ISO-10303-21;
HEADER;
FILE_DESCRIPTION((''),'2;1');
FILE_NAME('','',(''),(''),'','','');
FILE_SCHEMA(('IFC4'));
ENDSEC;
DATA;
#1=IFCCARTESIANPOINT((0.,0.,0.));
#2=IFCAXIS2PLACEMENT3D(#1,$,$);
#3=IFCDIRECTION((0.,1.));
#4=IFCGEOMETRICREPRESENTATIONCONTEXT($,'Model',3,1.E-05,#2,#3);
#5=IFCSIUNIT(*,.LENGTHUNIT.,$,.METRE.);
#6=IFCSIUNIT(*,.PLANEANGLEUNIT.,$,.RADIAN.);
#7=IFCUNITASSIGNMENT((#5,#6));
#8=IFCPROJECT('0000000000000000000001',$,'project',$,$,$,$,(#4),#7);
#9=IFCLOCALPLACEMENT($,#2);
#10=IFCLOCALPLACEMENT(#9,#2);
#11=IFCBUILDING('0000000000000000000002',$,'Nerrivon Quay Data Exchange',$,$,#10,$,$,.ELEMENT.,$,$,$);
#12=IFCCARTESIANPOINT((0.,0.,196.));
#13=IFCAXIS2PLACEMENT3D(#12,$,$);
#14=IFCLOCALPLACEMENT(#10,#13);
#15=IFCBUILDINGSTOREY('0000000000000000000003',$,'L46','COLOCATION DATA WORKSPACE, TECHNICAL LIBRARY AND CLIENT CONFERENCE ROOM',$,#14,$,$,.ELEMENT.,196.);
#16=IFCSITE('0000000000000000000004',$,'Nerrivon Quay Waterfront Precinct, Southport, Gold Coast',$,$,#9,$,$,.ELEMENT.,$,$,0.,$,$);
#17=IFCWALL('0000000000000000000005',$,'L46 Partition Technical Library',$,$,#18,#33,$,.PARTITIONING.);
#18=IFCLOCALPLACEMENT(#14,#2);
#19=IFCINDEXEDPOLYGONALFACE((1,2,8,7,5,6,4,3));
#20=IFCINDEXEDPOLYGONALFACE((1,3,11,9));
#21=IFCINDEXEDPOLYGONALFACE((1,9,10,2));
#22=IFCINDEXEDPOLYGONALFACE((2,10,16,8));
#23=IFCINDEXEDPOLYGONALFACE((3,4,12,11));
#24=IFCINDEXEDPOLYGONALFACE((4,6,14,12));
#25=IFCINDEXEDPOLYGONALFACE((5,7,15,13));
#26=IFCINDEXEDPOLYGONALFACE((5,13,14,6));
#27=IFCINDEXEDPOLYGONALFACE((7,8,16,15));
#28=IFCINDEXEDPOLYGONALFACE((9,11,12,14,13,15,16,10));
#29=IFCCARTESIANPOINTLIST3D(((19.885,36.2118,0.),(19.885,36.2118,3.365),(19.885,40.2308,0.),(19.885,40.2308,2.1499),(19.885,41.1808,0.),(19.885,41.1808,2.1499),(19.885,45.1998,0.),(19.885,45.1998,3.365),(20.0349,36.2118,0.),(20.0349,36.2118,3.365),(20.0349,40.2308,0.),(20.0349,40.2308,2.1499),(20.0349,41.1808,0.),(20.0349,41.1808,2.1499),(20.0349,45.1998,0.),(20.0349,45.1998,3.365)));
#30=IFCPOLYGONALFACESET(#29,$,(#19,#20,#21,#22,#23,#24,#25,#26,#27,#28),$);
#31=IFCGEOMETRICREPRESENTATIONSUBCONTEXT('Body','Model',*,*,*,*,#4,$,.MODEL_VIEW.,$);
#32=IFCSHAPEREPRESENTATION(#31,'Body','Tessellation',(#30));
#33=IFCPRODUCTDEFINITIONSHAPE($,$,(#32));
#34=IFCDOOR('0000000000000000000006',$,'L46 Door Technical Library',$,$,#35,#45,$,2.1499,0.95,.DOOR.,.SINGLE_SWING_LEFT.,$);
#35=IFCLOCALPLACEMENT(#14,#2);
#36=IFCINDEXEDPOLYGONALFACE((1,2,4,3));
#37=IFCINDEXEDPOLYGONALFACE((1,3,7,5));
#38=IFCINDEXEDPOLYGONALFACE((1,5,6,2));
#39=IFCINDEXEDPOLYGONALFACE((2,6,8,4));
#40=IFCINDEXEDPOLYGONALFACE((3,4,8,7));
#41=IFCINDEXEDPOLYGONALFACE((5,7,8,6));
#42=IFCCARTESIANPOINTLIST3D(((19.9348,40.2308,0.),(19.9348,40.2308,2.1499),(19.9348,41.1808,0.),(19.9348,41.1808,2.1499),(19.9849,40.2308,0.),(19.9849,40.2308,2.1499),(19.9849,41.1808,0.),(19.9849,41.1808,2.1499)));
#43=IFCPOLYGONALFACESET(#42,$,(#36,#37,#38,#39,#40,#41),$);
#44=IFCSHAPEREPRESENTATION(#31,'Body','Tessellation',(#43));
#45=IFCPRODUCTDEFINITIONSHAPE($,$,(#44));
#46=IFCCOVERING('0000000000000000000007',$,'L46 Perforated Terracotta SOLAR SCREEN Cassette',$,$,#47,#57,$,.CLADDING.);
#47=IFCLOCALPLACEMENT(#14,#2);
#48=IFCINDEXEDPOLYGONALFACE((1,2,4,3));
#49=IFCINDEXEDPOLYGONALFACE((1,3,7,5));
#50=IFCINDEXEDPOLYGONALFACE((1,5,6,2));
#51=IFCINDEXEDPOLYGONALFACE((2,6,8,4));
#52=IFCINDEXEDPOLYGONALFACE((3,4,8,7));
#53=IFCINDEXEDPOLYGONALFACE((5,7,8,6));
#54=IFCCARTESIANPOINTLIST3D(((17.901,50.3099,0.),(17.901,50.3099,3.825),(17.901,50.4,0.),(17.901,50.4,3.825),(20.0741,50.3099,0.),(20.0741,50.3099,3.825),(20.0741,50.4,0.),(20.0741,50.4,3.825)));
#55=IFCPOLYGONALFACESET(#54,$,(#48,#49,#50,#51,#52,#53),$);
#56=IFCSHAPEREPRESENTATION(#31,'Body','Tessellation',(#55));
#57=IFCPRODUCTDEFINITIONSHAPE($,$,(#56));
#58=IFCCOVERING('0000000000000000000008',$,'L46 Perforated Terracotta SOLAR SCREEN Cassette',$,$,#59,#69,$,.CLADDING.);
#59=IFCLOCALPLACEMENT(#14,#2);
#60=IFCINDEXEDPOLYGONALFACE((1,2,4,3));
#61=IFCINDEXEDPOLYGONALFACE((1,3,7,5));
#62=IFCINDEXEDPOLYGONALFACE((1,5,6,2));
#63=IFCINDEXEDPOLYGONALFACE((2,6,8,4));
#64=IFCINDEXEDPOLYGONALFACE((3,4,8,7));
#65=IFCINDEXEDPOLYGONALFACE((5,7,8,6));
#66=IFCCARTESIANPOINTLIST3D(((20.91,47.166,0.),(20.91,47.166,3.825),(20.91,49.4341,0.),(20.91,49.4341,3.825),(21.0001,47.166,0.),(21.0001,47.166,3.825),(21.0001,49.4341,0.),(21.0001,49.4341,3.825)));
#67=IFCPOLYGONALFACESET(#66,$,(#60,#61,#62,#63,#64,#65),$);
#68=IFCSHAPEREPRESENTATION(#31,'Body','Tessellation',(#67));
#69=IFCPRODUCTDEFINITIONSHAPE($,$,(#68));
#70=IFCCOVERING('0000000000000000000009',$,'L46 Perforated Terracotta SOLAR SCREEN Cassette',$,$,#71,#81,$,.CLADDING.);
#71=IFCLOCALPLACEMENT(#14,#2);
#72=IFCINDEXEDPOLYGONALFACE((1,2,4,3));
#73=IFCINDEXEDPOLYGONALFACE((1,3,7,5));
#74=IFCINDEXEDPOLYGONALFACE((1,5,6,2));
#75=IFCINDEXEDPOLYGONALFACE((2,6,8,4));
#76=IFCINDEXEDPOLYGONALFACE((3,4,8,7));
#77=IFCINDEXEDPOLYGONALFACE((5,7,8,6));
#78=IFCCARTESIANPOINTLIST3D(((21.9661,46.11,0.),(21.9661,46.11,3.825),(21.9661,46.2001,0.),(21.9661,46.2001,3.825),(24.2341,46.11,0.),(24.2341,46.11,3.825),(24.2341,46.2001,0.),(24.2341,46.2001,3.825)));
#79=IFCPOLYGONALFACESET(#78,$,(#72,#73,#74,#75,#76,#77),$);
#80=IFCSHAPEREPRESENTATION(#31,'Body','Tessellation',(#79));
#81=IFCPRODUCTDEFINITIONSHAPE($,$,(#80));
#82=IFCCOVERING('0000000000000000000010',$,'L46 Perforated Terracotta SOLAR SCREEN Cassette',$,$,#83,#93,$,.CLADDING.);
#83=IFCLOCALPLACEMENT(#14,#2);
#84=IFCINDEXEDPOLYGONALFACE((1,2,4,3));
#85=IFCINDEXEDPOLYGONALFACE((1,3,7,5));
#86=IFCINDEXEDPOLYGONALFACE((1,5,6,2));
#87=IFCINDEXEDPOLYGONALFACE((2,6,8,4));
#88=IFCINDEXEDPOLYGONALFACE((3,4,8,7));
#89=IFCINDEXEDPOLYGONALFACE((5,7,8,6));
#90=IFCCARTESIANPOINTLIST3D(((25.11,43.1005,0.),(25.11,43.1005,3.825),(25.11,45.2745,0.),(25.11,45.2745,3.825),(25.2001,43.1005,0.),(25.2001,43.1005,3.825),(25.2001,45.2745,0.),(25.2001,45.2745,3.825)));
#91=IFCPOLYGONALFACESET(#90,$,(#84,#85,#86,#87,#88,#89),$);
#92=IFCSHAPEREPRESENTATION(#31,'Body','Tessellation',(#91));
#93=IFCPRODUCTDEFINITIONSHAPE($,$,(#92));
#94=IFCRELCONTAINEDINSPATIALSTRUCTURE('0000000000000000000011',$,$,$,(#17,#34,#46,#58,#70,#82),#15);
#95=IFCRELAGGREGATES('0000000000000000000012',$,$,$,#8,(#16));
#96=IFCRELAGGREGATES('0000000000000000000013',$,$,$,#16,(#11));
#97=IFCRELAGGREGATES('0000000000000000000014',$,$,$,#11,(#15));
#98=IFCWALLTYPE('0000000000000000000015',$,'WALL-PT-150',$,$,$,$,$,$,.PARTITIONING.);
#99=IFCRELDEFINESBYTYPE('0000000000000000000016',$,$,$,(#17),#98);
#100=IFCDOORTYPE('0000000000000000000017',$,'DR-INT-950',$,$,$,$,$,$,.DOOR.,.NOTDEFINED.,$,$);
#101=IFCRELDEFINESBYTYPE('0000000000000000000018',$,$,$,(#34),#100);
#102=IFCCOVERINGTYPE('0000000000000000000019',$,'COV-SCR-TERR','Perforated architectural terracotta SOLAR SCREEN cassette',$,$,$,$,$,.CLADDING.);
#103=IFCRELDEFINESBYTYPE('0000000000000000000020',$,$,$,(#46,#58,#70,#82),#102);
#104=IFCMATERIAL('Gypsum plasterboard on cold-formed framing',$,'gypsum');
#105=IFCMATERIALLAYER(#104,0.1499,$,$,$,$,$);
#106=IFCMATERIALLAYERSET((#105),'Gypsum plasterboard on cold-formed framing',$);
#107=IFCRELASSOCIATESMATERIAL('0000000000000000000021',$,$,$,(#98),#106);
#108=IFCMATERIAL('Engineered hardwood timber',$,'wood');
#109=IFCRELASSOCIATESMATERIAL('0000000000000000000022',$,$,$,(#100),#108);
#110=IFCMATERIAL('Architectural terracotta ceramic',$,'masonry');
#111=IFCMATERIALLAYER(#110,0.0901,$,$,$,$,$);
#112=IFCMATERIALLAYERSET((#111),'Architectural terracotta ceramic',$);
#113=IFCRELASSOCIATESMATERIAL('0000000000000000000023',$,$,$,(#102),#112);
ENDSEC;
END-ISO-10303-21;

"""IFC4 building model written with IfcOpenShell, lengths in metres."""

from ifc_helpers import new_model, si_unit, direction, frame, frame_2d, origin, origin_2d, place, context, subcontext, project, spatial, rectangle, extrude, material, layer, layer_set, type_object, element, fill, save


model = new_model("IFC4")

# Units and contexts
model_context = context("Model", 3, precision=1e-05, world=origin(), true_north=direction((0.0, 1.0)))
body_context = subcontext(model_context, "Body", "Model", "MODEL_VIEW")
ifc_project = project(units=[si_unit("LENGTHUNIT", "METRE"), si_unit("PLANEANGLEUNIT", "RADIAN")], contexts=[model_context])

# Site, building, storey
site_placement = place(None, origin())
site = spatial("IfcSite", under=ifc_project, at=site_placement, Name="Nerrivon Quay Waterfront Precinct, Southport, Gold Coast", CompositionType="ELEMENT", RefElevation=0.0)
building_placement = place(site_placement, origin())
building = spatial("IfcBuilding", under=site, at=building_placement, Name="Nerrivon Quay Data Exchange", CompositionType="ELEMENT")
storey_placement = place(building_placement, frame((0.0, 0.0, 196.0)))
storey = spatial("IfcBuildingStorey", under=building, at=storey_placement, Name="L46", Description="COLOCATION DATA WORKSPACE, TECHNICAL LIBRARY AND CLIENT CONFERENCE ROOM", CompositionType="ELEMENT", Elevation=196.0)

# Shared definitions
ifc_material_1 = material(Name="Gypsum plasterboard on cold-formed framing", Category="gypsum")

# Wall, opening, door
ifc_layer_1 = layer(ifc_material_1, 0.1499)
ifc_layer_set_1 = layer_set([ifc_layer_1], Name="Gypsum plasterboard on cold-formed framing")
wall_type_1 = type_object("IfcWallType", Name="WALL-PT-150", PredefinedType="PARTITIONING", material=ifc_layer_set_1)
wall_1_placement = place(storey_placement, frame((19.96, 45.2, 0.0), z_axis=(0.0, 0.0, 1.0), x_axis=(0.0, -1.0, 0.0)))
wall_1 = element("IfcWall", 1, at=wall_1_placement, inside=storey, type_object=wall_type_1, Name="L46 Partition Technical Library", PredefinedType="PARTITIONING", context=body_context, shape_type="SweptSolid", body=[
    extrude(rectangle(XDim=8.988, YDim=0.1499, at=frame_2d((4.4941, 0.0))), origin(), (0.0, 0.0, 1.0), 3.365),
])
opening_placement = place(wall_1_placement, frame((4.019, 0.0, 0.0)))
opening = element("IfcOpeningElement", 2, at=opening_placement, cuts=wall_1, PredefinedType="OPENING", context=body_context, shape_type="SweptSolid", body=[
    extrude(rectangle(XDim=0.95, YDim=2.1499, at=frame_2d((0.4751, 1.075))), frame((0.0, 0.085, 0.0), z_axis=(0.0, -1.0, 0.0), x_axis=(1.0, 0.0, 0.0)), (0.0, 0.0, 1.0), 0.1699),
])
ifc_material_2 = material(Name="Engineered hardwood timber", Category="wood")
door_type = type_object("IfcDoorType", Name="DR-INT-950", OperationType="NOTDEFINED", PredefinedType="DOOR", material=ifc_material_2)
door_placement = place(opening_placement, origin())
door = element("IfcDoor", 3, at=door_placement, inside=storey, type_object=door_type, Name="L46 Door Technical Library", OperationType="SINGLE_SWING_LEFT", OverallHeight=2.1499, OverallWidth=0.95, PredefinedType="DOOR", context=body_context, shape_type="SweptSolid", body=[
    extrude(rectangle(XDim=0.95, YDim=2.1499, at=frame_2d((0.4751, 1.075))), frame((0.0, 0.0249, 0.0), z_axis=(0.0, -1.0, 0.0), x_axis=(1.0, 0.0, 0.0)), (0.0, 0.0, 1.0), 0.05),
])
fill(opening, door)

# Coverings
ifc_material_3 = material(Name="Architectural terracotta ceramic", Category="masonry")
ifc_layer_2 = layer(ifc_material_3, 0.0901)
ifc_layer_set_2 = layer_set([ifc_layer_2], Name="Architectural terracotta ceramic")
covering_type = type_object("IfcCoveringType", Name="COV-SCR-TERR", Description="Perforated architectural terracotta SOLAR SCREEN cassette", PredefinedType="CLADDING", material=ifc_layer_set_2)
covering_1_placement = place(storey_placement, frame((18.9875, 50.355, 0.0), z_axis=(0.0, 0.0, 1.0), x_axis=(1.0, 0.0, 0.0)))
element("IfcCovering", 4, at=covering_1_placement, inside=storey, type_object=covering_type, Name="L46 Perforated Terracotta SOLAR SCREEN Cassette", PredefinedType="CLADDING", context=body_context, shape_type="SweptSolid", body=[
    extrude(rectangle(XDim=2.1731, YDim=0.0901, at=origin_2d()), origin(), (0.0, 0.0, 1.0), 3.825),
])
for number, where, z_axis, x_axis, name in (
    (5, (20.9551, 48.3, 0.0), (0.0, 0.0, 1.0), (0.0, -1.0, 0.0), "L46 Perforated Terracotta SOLAR SCREEN Cassette"),
    (6, (23.1001, 46.155, 0.0), (0.0, 0.0, 1.0), (1.0, 0.0, 0.0), "L46 Perforated Terracotta SOLAR SCREEN Cassette"),
):
    element("IfcCovering", number, at=place(storey_placement, frame(where, z_axis=z_axis, x_axis=x_axis)), inside=storey, type_object=covering_type, Name=name, PredefinedType="CLADDING", context=body_context, shape_type="SweptSolid", body=[
        extrude(rectangle(XDim=2.2681, YDim=0.0901, at=origin_2d()), origin(), (0.0, 0.0, 1.0), 3.825),
    ])
covering_2_placement = place(storey_placement, frame((25.155, 44.1875, 0.0), z_axis=(0.0, 0.0, 1.0), x_axis=(0.0, -1.0, 0.0)))
element("IfcCovering", 7, at=covering_2_placement, inside=storey, type_object=covering_type, Name="L46 Perforated Terracotta SOLAR SCREEN Cassette", PredefinedType="CLADDING", context=body_context, shape_type="SweptSolid", body=[
    extrude(rectangle(XDim=2.1741, YDim=0.0901, at=origin_2d()), origin(), (0.0, 0.0, 1.0), 3.825),
])

save(model, "model.ifc")
